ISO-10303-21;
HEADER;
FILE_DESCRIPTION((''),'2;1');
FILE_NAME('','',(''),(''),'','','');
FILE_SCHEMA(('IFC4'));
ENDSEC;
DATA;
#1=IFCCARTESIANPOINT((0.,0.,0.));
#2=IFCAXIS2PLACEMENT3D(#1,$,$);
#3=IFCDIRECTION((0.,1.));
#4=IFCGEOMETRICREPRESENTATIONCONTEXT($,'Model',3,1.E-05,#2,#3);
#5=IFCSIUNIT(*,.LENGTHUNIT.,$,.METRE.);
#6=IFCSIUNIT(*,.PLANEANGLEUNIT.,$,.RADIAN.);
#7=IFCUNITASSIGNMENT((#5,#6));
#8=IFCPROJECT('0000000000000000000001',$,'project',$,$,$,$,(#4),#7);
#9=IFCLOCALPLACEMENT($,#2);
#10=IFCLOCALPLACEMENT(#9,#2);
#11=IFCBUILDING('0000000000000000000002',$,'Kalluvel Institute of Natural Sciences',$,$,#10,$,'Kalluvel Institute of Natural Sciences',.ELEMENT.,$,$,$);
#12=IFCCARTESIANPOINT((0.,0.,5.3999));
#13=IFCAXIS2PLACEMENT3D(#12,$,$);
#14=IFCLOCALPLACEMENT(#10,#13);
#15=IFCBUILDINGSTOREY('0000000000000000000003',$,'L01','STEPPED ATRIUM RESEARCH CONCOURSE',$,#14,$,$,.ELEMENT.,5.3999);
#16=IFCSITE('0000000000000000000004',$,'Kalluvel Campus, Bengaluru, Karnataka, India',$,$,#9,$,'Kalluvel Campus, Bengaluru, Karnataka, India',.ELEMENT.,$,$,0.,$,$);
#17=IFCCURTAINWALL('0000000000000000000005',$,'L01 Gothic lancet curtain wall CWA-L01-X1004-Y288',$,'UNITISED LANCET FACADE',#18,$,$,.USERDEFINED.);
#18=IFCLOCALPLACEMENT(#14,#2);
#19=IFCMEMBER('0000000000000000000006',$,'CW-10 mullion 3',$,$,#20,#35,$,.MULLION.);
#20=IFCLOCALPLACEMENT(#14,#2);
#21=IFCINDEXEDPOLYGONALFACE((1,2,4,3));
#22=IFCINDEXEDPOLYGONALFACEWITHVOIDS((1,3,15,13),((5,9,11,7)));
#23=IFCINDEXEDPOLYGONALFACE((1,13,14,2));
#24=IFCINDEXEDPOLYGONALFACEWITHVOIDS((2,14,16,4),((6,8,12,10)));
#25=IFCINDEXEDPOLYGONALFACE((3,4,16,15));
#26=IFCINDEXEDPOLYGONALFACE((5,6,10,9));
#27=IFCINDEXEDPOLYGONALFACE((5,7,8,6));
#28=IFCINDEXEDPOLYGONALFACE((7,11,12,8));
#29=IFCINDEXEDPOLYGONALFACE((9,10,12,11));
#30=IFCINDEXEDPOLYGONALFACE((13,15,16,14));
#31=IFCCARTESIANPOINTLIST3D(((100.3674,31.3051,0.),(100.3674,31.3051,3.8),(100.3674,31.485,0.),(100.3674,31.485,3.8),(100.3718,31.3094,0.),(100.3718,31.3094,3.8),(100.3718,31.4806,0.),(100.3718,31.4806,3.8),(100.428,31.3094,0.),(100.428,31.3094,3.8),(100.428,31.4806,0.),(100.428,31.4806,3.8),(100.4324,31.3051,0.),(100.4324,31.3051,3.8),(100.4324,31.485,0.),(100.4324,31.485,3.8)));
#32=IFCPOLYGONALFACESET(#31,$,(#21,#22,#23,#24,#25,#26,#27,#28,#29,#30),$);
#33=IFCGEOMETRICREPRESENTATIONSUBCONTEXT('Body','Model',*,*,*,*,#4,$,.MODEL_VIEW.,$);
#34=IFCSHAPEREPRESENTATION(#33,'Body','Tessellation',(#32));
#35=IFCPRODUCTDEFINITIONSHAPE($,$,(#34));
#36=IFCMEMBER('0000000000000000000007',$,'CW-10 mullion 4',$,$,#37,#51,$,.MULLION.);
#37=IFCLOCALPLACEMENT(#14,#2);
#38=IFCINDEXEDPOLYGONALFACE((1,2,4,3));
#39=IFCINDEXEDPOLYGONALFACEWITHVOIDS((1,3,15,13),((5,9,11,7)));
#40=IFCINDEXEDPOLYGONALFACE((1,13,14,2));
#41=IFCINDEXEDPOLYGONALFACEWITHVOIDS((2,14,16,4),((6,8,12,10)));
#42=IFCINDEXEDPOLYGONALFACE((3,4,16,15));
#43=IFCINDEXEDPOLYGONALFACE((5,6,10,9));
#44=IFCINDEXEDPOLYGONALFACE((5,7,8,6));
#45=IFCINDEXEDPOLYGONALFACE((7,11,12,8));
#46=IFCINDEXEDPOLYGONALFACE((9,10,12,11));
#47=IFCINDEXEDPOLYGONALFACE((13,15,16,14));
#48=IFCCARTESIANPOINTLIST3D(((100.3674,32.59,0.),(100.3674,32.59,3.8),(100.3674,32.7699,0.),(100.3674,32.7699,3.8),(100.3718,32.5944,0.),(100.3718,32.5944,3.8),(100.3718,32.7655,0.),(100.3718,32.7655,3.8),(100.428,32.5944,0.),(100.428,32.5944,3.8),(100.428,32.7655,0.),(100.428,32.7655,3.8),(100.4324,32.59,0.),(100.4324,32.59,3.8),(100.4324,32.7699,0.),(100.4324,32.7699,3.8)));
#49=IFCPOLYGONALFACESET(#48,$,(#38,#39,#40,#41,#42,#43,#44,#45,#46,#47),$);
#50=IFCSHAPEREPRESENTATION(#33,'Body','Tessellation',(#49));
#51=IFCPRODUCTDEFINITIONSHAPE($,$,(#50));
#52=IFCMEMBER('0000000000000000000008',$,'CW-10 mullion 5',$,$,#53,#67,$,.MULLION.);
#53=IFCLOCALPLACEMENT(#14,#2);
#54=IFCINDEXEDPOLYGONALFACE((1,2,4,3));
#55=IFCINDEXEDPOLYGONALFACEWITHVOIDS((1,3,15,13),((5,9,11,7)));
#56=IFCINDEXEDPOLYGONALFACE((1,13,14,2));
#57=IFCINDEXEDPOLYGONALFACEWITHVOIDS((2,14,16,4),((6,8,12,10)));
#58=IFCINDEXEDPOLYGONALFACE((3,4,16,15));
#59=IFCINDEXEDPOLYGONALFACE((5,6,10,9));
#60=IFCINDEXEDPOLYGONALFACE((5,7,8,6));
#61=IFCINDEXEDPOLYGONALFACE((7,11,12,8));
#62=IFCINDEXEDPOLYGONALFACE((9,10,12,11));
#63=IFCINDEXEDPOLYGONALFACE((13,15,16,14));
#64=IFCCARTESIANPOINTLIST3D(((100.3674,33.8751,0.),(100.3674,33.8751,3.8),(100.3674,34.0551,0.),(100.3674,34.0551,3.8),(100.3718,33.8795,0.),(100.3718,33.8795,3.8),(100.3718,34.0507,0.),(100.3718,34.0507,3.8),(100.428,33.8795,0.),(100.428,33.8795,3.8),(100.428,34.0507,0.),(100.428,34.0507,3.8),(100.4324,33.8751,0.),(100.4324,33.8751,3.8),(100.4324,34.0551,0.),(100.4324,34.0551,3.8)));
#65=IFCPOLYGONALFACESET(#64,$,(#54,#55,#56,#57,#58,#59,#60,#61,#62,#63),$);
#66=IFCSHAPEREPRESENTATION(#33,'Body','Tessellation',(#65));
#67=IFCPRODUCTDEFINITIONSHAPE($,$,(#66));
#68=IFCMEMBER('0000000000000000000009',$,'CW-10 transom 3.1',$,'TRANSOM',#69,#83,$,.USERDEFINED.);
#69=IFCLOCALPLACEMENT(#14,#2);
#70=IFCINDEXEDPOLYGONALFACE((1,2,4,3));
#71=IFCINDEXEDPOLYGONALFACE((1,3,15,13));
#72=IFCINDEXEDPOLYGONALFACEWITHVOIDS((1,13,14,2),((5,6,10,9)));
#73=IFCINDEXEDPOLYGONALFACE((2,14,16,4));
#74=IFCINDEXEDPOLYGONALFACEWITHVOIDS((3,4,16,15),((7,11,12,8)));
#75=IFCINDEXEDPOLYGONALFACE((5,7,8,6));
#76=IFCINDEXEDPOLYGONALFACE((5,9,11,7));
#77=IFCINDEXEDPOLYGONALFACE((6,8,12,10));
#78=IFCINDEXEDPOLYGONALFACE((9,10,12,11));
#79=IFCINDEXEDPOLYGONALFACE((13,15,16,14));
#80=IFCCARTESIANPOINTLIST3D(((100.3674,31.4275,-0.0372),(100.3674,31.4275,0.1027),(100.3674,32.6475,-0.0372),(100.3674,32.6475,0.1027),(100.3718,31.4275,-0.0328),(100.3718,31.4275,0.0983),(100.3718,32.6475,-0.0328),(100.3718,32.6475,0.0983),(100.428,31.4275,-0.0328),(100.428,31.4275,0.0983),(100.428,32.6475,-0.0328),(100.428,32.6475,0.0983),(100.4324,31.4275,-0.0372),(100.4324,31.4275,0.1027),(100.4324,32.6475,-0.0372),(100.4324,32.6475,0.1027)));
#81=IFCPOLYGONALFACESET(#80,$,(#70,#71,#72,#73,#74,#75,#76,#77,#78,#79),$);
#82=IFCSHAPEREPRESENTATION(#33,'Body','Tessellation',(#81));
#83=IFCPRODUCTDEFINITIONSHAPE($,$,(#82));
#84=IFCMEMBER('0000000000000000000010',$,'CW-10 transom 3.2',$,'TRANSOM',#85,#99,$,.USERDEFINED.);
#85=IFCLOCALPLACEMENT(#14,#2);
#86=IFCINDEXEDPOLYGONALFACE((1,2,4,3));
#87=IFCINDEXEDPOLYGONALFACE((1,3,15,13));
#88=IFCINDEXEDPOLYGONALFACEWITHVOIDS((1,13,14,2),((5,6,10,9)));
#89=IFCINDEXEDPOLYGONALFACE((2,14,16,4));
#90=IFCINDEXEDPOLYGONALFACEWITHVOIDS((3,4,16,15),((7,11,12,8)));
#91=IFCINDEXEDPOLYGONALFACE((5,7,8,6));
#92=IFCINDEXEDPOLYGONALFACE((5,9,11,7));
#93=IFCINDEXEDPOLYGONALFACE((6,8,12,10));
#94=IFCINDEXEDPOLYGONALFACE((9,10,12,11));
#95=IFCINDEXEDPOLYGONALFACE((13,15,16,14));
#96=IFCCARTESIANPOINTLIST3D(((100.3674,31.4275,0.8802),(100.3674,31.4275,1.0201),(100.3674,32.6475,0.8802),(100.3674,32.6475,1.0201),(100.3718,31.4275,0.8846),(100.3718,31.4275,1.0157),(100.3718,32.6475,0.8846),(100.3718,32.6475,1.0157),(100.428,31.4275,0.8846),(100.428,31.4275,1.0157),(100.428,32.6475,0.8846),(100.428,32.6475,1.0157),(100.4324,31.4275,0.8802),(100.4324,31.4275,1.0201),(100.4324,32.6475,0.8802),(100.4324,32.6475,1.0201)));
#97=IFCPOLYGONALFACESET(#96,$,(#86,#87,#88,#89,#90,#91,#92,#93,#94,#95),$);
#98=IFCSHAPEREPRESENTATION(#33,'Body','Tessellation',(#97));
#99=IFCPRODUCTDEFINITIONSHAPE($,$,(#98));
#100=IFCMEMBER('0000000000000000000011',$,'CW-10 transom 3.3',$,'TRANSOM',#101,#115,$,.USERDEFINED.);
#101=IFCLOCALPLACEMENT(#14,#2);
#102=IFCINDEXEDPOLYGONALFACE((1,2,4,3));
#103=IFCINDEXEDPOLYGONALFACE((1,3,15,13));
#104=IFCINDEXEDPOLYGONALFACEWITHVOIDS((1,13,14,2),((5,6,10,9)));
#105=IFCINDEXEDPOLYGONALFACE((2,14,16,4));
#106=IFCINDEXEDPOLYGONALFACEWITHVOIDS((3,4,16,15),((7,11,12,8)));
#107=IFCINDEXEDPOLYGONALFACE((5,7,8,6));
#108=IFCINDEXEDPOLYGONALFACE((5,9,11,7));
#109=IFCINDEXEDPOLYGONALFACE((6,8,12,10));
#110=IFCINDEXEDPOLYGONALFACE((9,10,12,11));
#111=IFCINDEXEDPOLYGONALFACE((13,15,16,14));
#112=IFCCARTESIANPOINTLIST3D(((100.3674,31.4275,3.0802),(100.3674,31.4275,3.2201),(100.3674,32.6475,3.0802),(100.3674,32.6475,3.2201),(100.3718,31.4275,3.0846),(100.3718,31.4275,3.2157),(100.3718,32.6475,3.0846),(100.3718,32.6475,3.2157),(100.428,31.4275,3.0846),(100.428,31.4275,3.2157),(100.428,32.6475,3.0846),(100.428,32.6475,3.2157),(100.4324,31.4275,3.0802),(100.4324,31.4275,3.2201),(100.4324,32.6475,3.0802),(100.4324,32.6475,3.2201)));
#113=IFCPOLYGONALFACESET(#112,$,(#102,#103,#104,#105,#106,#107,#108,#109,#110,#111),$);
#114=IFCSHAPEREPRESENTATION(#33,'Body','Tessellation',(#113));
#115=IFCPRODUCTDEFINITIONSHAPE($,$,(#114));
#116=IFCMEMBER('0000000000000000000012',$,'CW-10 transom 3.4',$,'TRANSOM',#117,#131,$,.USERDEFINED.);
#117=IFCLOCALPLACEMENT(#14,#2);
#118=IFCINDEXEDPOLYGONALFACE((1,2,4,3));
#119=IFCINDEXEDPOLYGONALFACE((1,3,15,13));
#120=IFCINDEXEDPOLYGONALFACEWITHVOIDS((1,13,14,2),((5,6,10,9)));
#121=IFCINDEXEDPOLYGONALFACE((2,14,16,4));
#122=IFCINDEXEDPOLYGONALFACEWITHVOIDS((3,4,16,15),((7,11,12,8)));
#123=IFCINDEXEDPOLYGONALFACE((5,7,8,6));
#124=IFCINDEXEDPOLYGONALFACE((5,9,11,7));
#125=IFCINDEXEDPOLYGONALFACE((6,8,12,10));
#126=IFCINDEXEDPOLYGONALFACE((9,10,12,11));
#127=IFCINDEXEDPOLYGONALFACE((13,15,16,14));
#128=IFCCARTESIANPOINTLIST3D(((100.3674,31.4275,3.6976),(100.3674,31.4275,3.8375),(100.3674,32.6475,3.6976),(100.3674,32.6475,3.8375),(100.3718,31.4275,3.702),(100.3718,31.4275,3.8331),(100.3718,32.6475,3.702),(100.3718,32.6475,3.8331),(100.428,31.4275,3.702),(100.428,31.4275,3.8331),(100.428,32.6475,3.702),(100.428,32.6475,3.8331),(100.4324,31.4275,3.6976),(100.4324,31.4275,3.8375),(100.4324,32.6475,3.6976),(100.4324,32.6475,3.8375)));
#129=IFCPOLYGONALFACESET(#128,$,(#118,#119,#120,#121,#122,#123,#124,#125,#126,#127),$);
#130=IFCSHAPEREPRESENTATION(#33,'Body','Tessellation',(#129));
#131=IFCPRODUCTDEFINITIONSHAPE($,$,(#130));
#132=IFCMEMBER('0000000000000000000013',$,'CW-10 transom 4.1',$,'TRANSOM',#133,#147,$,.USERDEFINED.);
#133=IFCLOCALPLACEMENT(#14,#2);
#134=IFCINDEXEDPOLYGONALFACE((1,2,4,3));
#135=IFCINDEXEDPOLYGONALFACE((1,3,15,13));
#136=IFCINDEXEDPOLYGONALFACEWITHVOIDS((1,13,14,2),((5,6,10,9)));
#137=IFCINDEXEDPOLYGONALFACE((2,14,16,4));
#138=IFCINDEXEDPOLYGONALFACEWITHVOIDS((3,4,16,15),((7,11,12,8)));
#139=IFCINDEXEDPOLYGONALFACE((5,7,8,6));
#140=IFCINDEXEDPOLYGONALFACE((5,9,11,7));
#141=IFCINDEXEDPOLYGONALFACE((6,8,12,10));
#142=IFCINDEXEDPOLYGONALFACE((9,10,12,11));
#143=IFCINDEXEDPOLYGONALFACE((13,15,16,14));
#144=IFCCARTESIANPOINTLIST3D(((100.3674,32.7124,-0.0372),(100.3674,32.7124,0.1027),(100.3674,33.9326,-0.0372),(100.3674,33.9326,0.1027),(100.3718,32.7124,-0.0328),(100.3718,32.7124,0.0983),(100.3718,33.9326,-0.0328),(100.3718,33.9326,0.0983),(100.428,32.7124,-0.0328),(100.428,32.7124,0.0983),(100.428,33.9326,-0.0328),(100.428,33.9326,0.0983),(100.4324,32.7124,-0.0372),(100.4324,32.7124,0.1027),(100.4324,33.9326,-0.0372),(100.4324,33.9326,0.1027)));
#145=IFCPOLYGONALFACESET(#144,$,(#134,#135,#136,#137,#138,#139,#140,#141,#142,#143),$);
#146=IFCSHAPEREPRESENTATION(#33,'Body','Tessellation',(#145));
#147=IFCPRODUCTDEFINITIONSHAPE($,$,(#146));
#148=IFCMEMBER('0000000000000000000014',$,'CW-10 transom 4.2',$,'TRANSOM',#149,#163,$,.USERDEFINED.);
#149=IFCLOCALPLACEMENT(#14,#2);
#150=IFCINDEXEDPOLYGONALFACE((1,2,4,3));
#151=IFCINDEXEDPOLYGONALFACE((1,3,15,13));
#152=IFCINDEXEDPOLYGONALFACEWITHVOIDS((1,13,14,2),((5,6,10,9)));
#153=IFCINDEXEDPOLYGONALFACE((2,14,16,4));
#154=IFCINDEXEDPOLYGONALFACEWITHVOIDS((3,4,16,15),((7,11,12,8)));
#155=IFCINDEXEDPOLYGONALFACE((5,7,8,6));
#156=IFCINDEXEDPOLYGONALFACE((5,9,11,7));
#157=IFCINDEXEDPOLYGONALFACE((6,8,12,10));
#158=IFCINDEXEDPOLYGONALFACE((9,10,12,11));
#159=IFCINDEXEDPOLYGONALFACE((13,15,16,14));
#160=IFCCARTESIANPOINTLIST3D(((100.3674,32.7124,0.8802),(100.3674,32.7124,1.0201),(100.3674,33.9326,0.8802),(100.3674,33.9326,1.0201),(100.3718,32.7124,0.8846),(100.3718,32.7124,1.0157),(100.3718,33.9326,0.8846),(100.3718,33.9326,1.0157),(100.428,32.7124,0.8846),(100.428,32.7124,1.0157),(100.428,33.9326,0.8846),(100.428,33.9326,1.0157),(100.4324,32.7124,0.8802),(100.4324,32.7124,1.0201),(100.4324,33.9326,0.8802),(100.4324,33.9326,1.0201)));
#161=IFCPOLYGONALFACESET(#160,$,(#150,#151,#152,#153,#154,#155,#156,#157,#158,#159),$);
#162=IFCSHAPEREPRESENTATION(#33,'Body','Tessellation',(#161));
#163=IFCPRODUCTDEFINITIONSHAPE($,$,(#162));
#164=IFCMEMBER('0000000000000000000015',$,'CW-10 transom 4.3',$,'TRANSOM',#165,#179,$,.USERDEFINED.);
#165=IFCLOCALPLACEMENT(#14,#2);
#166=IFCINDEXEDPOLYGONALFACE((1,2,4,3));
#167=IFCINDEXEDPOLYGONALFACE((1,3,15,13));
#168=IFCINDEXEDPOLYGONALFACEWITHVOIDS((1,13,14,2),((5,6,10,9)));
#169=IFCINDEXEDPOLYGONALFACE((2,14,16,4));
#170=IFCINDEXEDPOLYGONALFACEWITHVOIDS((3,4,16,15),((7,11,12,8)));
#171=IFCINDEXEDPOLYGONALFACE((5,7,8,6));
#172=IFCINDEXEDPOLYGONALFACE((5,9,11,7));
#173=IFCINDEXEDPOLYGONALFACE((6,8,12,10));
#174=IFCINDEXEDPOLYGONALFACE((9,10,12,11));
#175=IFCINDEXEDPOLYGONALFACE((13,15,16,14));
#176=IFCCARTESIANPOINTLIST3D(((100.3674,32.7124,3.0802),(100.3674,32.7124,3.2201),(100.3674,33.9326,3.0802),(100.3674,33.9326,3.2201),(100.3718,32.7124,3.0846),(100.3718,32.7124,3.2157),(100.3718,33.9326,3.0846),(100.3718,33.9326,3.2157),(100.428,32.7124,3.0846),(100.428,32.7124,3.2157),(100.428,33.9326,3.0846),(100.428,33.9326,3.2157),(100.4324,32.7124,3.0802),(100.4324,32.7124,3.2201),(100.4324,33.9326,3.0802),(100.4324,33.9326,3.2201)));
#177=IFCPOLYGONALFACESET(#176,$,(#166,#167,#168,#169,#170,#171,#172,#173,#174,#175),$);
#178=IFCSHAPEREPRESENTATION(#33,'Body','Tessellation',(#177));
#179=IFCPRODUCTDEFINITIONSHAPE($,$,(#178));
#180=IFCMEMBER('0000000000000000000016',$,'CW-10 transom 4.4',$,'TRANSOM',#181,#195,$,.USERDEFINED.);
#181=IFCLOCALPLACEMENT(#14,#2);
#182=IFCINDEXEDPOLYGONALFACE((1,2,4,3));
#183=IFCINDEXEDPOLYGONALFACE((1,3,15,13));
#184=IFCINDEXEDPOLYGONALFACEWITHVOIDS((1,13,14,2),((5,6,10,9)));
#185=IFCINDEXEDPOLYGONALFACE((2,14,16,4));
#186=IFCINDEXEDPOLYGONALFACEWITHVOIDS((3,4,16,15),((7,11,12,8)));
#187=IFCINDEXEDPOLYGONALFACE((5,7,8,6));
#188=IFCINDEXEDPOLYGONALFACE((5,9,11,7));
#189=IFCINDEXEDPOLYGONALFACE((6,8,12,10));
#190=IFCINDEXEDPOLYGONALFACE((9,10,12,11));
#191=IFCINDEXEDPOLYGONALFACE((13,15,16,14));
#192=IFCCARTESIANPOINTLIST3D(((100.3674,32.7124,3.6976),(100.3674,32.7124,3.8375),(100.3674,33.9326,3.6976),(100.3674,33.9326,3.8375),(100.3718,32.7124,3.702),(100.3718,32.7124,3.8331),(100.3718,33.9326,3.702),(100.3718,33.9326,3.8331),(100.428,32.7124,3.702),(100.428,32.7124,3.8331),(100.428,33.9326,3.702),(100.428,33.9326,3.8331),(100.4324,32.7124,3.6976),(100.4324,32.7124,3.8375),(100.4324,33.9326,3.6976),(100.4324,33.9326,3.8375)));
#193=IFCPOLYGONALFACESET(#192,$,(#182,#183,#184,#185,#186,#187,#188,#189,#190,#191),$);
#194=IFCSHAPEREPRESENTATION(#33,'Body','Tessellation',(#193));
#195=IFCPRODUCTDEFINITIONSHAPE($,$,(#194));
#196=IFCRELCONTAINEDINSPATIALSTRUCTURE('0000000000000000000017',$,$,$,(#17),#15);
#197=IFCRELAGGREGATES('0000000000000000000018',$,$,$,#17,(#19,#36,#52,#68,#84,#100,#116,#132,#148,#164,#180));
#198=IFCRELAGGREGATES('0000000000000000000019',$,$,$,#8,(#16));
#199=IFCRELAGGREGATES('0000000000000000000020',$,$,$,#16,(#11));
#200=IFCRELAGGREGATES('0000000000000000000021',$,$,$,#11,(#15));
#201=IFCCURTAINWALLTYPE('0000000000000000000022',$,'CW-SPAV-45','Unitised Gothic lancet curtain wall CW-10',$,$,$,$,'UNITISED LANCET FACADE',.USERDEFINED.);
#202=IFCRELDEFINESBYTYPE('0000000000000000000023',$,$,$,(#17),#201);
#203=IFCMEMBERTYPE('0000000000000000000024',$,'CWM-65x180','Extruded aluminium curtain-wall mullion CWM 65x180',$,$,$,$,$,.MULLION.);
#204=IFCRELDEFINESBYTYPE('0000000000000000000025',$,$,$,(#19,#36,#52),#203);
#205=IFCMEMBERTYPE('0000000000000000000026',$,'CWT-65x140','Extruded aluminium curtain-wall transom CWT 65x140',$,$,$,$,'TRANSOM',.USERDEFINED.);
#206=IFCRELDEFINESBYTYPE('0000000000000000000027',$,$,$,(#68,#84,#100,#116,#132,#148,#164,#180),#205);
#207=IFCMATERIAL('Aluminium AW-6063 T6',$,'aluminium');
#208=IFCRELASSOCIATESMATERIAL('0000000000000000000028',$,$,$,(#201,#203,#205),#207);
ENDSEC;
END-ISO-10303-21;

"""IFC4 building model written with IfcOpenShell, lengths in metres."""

from ifc_helpers import new_model, si_unit, direction, frame, origin, origin_2d, place, context, subcontext, project, spatial, hollow_rectangle, extrude, material, material_profile, profile_set, type_object, element, aggregate, save


model = new_model("IFC4")

# Units and contexts
model_context = context("Model", 3, precision=1e-05, world=origin(), true_north=direction((0.0, 1.0)))
body_context = subcontext(model_context, "Body", "Model", "MODEL_VIEW")
ifc_project = project(units=[si_unit("LENGTHUNIT", "METRE"), si_unit("PLANEANGLEUNIT", "RADIAN")], contexts=[model_context])

# Site, building, storey
site_placement = place(None, origin())
site = spatial("IfcSite", under=ifc_project, at=site_placement, Name="Kalluvel Campus, Bengaluru, Karnataka, India", LongName="Kalluvel Campus, Bengaluru, Karnataka, India", CompositionType="ELEMENT", RefElevation=0.0)
building_placement = place(site_placement, origin())
building = spatial("IfcBuilding", under=site, at=building_placement, Name="Kalluvel Institute of Natural Sciences", LongName="Kalluvel Institute of Natural Sciences", CompositionType="ELEMENT")
storey_placement = place(building_placement, frame((0.0, 0.0, 5.3999)))
storey = spatial("IfcBuildingStorey", under=building, at=storey_placement, Name="L01", Description="STEPPED ATRIUM RESEARCH CONCOURSE", CompositionType="ELEMENT", Elevation=5.3999)

# Curtain wall, members
ifc_material_1 = material(Name="Aluminium AW-6063 T6", Category="aluminium")
curtain_wall_type = type_object("IfcCurtainWallType", Name="CW-SPAV-45", Description="Unitised Gothic lancet curtain wall CW-10", ElementType="UNITISED LANCET FACADE", PredefinedType="USERDEFINED", material=ifc_material_1)
curtain_wall_placement = place(storey_placement, origin())
curtain_wall = element("IfcCurtainWall", 1, at=curtain_wall_placement, inside=storey, type_object=curtain_wall_type, Name="L01 Gothic lancet curtain wall CWA-L01-X1004-Y288", ObjectType="UNITISED LANCET FACADE", PredefinedType="USERDEFINED")
ifc_material_profile_1 = material_profile(ifc_material_1, hollow_rectangle(XDim=0.0649, YDim=0.1799, WallThickness=0.0044, at=origin_2d()), Name="CWM 65x180")
ifc_profile_set_1 = profile_set([ifc_material_profile_1], Name="Aluminium AW-6063 T6")
member_type_1 = type_object("IfcMemberType", Name="CWM-65x180", Description="Extruded aluminium curtain-wall mullion CWM 65x180", PredefinedType="MULLION", material=ifc_profile_set_1)
member_1_placement = place(storey_placement, frame((100.3999, 31.395, 0.0), z_axis=(0.0, 0.0, 1.0), x_axis=(-1.0, 0.0, 0.0)))
member_1 = element("IfcMember", 2, at=member_1_placement, type_object=member_type_1, Name="CW-10 mullion 3", PredefinedType="MULLION", context=body_context, shape_type="SweptSolid", body=[
    extrude(hollow_rectangle(XDim=0.0649, YDim=0.1799, WallThickness=0.0044, at=origin_2d()), origin(), (0.0, 0.0, 1.0), 3.8),
])
member_2_placement = place(storey_placement, frame((100.3999, 32.6799, 0.0), z_axis=(0.0, 0.0, 1.0), x_axis=(-1.0, 0.0, 0.0)))
member_2 = element("IfcMember", 3, at=member_2_placement, type_object=member_type_1, Name="CW-10 mullion 4", PredefinedType="MULLION", context=body_context, shape_type="SweptSolid", body=[
    extrude(hollow_rectangle(XDim=0.0649, YDim=0.1799, WallThickness=0.0044, at=origin_2d()), origin(), (0.0, 0.0, 1.0), 3.8),
])
member_3_placement = place(storey_placement, frame((100.3999, 33.9651, 0.0), z_axis=(0.0, 0.0, 1.0), x_axis=(-1.0, 0.0, 0.0)))
member_3 = element("IfcMember", 4, at=member_3_placement, type_object=member_type_1, Name="CW-10 mullion 5", PredefinedType="MULLION", context=body_context, shape_type="SweptSolid", body=[
    extrude(hollow_rectangle(XDim=0.0649, YDim=0.1799, WallThickness=0.0044, at=origin_2d()), origin(), (0.0, 0.0, 1.0), 3.8),
])
ifc_material_profile_2 = material_profile(ifc_material_1, hollow_rectangle(XDim=0.0649, YDim=0.1399, WallThickness=0.0044, at=origin_2d()), Name="CWT 65x140")
ifc_profile_set_2 = profile_set([ifc_material_profile_2], Name="Aluminium AW-6063 T6")
member_type_2 = type_object("IfcMemberType", Name="CWT-65x140", Description="Extruded aluminium curtain-wall transom CWT 65x140", ElementType="TRANSOM", PredefinedType="USERDEFINED", material=ifc_profile_set_2)
member_4_placement = place(storey_placement, frame((100.3999, 31.4275, 0.0327), z_axis=(0.0, 1.0, 0.0), x_axis=(-1.0, 0.0, 0.0)))
member_4 = element("IfcMember", 5, at=member_4_placement, type_object=member_type_2, Name="CW-10 transom 3.1", ObjectType="TRANSOM", PredefinedType="USERDEFINED", context=body_context, shape_type="SweptSolid", body=[
    extrude(hollow_rectangle(XDim=0.0649, YDim=0.1399, WallThickness=0.0044, at=origin_2d()), origin(), (0.0, 0.0, 1.0), 1.22),
])
member_5_placement = place(storey_placement, frame((100.3999, 31.4275, 0.9502), z_axis=(0.0, 1.0, 0.0), x_axis=(-1.0, 0.0, 0.0)))
member_5 = element("IfcMember", 6, at=member_5_placement, type_object=member_type_2, Name="CW-10 transom 3.2", ObjectType="TRANSOM", PredefinedType="USERDEFINED", context=body_context, shape_type="SweptSolid", body=[
    extrude(hollow_rectangle(XDim=0.0649, YDim=0.1399, WallThickness=0.0044, at=origin_2d()), origin(), (0.0, 0.0, 1.0), 1.22),
])
member_6_placement = place(storey_placement, frame((100.3999, 31.4275, 3.1501), z_axis=(0.0, 1.0, 0.0), x_axis=(-1.0, 0.0, 0.0)))
member_6 = element("IfcMember", 7, at=member_6_placement, type_object=member_type_2, Name="CW-10 transom 3.3", ObjectType="TRANSOM", PredefinedType="USERDEFINED", context=body_context, shape_type="SweptSolid", body=[
    extrude(hollow_rectangle(XDim=0.0649, YDim=0.1399, WallThickness=0.0044, at=origin_2d()), origin(), (0.0, 0.0, 1.0), 1.22),
])
member_7_placement = place(storey_placement, frame((100.3999, 31.4275, 3.7676), z_axis=(0.0, 1.0, 0.0), x_axis=(-1.0, 0.0, 0.0)))
member_7 = element("IfcMember", 8, at=member_7_placement, type_object=member_type_2, Name="CW-10 transom 3.4", ObjectType="TRANSOM", PredefinedType="USERDEFINED", context=body_context, shape_type="SweptSolid", body=[
    extrude(hollow_rectangle(XDim=0.0649, YDim=0.1399, WallThickness=0.0044, at=origin_2d()), origin(), (0.0, 0.0, 1.0), 1.22),
])
member_8_placement = place(storey_placement, frame((100.3999, 32.7124, 0.0327), z_axis=(0.0, 1.0, 0.0), x_axis=(-1.0, 0.0, 0.0)))
member_8 = element("IfcMember", 9, at=member_8_placement, type_object=member_type_2, Name="CW-10 transom 4.1", ObjectType="TRANSOM", PredefinedType="USERDEFINED", context=body_context, shape_type="SweptSolid", body=[
    extrude(hollow_rectangle(XDim=0.0649, YDim=0.1399, WallThickness=0.0044, at=origin_2d()), origin(), (0.0, 0.0, 1.0), 1.2202),
])
member_9_placement = place(storey_placement, frame((100.3999, 32.7124, 0.9502), z_axis=(0.0, 1.0, 0.0), x_axis=(-1.0, 0.0, 0.0)))
member_9 = element("IfcMember", 10, at=member_9_placement, type_object=member_type_2, Name="CW-10 transom 4.2", ObjectType="TRANSOM", PredefinedType="USERDEFINED", context=body_context, shape_type="SweptSolid", body=[
    extrude(hollow_rectangle(XDim=0.0649, YDim=0.1399, WallThickness=0.0044, at=origin_2d()), origin(), (0.0, 0.0, 1.0), 1.2202),
])
member_10_placement = place(storey_placement, frame((100.3999, 32.7124, 3.1501), z_axis=(0.0, 1.0, 0.0), x_axis=(-1.0, 0.0, 0.0)))
member_10 = element("IfcMember", 11, at=member_10_placement, type_object=member_type_2, Name="CW-10 transom 4.3", ObjectType="TRANSOM", PredefinedType="USERDEFINED", context=body_context, shape_type="SweptSolid", body=[
    extrude(hollow_rectangle(XDim=0.0649, YDim=0.1399, WallThickness=0.0044, at=origin_2d()), origin(), (0.0, 0.0, 1.0), 1.2202),
])
member_11_placement = place(storey_placement, frame((100.3999, 32.7124, 3.7676), z_axis=(0.0, 1.0, 0.0), x_axis=(-1.0, 0.0, 0.0)))
member_11 = element("IfcMember", 12, at=member_11_placement, type_object=member_type_2, Name="CW-10 transom 4.4", ObjectType="TRANSOM", PredefinedType="USERDEFINED", context=body_context, shape_type="SweptSolid", body=[
    extrude(hollow_rectangle(XDim=0.0649, YDim=0.1399, WallThickness=0.0044, at=origin_2d()), origin(), (0.0, 0.0, 1.0), 1.2202),
])
aggregate(curtain_wall, [member_1, member_2, member_3, member_4, member_5, member_6, member_7, member_8, member_9, member_10, member_11])

save(model, "model.ifc")
